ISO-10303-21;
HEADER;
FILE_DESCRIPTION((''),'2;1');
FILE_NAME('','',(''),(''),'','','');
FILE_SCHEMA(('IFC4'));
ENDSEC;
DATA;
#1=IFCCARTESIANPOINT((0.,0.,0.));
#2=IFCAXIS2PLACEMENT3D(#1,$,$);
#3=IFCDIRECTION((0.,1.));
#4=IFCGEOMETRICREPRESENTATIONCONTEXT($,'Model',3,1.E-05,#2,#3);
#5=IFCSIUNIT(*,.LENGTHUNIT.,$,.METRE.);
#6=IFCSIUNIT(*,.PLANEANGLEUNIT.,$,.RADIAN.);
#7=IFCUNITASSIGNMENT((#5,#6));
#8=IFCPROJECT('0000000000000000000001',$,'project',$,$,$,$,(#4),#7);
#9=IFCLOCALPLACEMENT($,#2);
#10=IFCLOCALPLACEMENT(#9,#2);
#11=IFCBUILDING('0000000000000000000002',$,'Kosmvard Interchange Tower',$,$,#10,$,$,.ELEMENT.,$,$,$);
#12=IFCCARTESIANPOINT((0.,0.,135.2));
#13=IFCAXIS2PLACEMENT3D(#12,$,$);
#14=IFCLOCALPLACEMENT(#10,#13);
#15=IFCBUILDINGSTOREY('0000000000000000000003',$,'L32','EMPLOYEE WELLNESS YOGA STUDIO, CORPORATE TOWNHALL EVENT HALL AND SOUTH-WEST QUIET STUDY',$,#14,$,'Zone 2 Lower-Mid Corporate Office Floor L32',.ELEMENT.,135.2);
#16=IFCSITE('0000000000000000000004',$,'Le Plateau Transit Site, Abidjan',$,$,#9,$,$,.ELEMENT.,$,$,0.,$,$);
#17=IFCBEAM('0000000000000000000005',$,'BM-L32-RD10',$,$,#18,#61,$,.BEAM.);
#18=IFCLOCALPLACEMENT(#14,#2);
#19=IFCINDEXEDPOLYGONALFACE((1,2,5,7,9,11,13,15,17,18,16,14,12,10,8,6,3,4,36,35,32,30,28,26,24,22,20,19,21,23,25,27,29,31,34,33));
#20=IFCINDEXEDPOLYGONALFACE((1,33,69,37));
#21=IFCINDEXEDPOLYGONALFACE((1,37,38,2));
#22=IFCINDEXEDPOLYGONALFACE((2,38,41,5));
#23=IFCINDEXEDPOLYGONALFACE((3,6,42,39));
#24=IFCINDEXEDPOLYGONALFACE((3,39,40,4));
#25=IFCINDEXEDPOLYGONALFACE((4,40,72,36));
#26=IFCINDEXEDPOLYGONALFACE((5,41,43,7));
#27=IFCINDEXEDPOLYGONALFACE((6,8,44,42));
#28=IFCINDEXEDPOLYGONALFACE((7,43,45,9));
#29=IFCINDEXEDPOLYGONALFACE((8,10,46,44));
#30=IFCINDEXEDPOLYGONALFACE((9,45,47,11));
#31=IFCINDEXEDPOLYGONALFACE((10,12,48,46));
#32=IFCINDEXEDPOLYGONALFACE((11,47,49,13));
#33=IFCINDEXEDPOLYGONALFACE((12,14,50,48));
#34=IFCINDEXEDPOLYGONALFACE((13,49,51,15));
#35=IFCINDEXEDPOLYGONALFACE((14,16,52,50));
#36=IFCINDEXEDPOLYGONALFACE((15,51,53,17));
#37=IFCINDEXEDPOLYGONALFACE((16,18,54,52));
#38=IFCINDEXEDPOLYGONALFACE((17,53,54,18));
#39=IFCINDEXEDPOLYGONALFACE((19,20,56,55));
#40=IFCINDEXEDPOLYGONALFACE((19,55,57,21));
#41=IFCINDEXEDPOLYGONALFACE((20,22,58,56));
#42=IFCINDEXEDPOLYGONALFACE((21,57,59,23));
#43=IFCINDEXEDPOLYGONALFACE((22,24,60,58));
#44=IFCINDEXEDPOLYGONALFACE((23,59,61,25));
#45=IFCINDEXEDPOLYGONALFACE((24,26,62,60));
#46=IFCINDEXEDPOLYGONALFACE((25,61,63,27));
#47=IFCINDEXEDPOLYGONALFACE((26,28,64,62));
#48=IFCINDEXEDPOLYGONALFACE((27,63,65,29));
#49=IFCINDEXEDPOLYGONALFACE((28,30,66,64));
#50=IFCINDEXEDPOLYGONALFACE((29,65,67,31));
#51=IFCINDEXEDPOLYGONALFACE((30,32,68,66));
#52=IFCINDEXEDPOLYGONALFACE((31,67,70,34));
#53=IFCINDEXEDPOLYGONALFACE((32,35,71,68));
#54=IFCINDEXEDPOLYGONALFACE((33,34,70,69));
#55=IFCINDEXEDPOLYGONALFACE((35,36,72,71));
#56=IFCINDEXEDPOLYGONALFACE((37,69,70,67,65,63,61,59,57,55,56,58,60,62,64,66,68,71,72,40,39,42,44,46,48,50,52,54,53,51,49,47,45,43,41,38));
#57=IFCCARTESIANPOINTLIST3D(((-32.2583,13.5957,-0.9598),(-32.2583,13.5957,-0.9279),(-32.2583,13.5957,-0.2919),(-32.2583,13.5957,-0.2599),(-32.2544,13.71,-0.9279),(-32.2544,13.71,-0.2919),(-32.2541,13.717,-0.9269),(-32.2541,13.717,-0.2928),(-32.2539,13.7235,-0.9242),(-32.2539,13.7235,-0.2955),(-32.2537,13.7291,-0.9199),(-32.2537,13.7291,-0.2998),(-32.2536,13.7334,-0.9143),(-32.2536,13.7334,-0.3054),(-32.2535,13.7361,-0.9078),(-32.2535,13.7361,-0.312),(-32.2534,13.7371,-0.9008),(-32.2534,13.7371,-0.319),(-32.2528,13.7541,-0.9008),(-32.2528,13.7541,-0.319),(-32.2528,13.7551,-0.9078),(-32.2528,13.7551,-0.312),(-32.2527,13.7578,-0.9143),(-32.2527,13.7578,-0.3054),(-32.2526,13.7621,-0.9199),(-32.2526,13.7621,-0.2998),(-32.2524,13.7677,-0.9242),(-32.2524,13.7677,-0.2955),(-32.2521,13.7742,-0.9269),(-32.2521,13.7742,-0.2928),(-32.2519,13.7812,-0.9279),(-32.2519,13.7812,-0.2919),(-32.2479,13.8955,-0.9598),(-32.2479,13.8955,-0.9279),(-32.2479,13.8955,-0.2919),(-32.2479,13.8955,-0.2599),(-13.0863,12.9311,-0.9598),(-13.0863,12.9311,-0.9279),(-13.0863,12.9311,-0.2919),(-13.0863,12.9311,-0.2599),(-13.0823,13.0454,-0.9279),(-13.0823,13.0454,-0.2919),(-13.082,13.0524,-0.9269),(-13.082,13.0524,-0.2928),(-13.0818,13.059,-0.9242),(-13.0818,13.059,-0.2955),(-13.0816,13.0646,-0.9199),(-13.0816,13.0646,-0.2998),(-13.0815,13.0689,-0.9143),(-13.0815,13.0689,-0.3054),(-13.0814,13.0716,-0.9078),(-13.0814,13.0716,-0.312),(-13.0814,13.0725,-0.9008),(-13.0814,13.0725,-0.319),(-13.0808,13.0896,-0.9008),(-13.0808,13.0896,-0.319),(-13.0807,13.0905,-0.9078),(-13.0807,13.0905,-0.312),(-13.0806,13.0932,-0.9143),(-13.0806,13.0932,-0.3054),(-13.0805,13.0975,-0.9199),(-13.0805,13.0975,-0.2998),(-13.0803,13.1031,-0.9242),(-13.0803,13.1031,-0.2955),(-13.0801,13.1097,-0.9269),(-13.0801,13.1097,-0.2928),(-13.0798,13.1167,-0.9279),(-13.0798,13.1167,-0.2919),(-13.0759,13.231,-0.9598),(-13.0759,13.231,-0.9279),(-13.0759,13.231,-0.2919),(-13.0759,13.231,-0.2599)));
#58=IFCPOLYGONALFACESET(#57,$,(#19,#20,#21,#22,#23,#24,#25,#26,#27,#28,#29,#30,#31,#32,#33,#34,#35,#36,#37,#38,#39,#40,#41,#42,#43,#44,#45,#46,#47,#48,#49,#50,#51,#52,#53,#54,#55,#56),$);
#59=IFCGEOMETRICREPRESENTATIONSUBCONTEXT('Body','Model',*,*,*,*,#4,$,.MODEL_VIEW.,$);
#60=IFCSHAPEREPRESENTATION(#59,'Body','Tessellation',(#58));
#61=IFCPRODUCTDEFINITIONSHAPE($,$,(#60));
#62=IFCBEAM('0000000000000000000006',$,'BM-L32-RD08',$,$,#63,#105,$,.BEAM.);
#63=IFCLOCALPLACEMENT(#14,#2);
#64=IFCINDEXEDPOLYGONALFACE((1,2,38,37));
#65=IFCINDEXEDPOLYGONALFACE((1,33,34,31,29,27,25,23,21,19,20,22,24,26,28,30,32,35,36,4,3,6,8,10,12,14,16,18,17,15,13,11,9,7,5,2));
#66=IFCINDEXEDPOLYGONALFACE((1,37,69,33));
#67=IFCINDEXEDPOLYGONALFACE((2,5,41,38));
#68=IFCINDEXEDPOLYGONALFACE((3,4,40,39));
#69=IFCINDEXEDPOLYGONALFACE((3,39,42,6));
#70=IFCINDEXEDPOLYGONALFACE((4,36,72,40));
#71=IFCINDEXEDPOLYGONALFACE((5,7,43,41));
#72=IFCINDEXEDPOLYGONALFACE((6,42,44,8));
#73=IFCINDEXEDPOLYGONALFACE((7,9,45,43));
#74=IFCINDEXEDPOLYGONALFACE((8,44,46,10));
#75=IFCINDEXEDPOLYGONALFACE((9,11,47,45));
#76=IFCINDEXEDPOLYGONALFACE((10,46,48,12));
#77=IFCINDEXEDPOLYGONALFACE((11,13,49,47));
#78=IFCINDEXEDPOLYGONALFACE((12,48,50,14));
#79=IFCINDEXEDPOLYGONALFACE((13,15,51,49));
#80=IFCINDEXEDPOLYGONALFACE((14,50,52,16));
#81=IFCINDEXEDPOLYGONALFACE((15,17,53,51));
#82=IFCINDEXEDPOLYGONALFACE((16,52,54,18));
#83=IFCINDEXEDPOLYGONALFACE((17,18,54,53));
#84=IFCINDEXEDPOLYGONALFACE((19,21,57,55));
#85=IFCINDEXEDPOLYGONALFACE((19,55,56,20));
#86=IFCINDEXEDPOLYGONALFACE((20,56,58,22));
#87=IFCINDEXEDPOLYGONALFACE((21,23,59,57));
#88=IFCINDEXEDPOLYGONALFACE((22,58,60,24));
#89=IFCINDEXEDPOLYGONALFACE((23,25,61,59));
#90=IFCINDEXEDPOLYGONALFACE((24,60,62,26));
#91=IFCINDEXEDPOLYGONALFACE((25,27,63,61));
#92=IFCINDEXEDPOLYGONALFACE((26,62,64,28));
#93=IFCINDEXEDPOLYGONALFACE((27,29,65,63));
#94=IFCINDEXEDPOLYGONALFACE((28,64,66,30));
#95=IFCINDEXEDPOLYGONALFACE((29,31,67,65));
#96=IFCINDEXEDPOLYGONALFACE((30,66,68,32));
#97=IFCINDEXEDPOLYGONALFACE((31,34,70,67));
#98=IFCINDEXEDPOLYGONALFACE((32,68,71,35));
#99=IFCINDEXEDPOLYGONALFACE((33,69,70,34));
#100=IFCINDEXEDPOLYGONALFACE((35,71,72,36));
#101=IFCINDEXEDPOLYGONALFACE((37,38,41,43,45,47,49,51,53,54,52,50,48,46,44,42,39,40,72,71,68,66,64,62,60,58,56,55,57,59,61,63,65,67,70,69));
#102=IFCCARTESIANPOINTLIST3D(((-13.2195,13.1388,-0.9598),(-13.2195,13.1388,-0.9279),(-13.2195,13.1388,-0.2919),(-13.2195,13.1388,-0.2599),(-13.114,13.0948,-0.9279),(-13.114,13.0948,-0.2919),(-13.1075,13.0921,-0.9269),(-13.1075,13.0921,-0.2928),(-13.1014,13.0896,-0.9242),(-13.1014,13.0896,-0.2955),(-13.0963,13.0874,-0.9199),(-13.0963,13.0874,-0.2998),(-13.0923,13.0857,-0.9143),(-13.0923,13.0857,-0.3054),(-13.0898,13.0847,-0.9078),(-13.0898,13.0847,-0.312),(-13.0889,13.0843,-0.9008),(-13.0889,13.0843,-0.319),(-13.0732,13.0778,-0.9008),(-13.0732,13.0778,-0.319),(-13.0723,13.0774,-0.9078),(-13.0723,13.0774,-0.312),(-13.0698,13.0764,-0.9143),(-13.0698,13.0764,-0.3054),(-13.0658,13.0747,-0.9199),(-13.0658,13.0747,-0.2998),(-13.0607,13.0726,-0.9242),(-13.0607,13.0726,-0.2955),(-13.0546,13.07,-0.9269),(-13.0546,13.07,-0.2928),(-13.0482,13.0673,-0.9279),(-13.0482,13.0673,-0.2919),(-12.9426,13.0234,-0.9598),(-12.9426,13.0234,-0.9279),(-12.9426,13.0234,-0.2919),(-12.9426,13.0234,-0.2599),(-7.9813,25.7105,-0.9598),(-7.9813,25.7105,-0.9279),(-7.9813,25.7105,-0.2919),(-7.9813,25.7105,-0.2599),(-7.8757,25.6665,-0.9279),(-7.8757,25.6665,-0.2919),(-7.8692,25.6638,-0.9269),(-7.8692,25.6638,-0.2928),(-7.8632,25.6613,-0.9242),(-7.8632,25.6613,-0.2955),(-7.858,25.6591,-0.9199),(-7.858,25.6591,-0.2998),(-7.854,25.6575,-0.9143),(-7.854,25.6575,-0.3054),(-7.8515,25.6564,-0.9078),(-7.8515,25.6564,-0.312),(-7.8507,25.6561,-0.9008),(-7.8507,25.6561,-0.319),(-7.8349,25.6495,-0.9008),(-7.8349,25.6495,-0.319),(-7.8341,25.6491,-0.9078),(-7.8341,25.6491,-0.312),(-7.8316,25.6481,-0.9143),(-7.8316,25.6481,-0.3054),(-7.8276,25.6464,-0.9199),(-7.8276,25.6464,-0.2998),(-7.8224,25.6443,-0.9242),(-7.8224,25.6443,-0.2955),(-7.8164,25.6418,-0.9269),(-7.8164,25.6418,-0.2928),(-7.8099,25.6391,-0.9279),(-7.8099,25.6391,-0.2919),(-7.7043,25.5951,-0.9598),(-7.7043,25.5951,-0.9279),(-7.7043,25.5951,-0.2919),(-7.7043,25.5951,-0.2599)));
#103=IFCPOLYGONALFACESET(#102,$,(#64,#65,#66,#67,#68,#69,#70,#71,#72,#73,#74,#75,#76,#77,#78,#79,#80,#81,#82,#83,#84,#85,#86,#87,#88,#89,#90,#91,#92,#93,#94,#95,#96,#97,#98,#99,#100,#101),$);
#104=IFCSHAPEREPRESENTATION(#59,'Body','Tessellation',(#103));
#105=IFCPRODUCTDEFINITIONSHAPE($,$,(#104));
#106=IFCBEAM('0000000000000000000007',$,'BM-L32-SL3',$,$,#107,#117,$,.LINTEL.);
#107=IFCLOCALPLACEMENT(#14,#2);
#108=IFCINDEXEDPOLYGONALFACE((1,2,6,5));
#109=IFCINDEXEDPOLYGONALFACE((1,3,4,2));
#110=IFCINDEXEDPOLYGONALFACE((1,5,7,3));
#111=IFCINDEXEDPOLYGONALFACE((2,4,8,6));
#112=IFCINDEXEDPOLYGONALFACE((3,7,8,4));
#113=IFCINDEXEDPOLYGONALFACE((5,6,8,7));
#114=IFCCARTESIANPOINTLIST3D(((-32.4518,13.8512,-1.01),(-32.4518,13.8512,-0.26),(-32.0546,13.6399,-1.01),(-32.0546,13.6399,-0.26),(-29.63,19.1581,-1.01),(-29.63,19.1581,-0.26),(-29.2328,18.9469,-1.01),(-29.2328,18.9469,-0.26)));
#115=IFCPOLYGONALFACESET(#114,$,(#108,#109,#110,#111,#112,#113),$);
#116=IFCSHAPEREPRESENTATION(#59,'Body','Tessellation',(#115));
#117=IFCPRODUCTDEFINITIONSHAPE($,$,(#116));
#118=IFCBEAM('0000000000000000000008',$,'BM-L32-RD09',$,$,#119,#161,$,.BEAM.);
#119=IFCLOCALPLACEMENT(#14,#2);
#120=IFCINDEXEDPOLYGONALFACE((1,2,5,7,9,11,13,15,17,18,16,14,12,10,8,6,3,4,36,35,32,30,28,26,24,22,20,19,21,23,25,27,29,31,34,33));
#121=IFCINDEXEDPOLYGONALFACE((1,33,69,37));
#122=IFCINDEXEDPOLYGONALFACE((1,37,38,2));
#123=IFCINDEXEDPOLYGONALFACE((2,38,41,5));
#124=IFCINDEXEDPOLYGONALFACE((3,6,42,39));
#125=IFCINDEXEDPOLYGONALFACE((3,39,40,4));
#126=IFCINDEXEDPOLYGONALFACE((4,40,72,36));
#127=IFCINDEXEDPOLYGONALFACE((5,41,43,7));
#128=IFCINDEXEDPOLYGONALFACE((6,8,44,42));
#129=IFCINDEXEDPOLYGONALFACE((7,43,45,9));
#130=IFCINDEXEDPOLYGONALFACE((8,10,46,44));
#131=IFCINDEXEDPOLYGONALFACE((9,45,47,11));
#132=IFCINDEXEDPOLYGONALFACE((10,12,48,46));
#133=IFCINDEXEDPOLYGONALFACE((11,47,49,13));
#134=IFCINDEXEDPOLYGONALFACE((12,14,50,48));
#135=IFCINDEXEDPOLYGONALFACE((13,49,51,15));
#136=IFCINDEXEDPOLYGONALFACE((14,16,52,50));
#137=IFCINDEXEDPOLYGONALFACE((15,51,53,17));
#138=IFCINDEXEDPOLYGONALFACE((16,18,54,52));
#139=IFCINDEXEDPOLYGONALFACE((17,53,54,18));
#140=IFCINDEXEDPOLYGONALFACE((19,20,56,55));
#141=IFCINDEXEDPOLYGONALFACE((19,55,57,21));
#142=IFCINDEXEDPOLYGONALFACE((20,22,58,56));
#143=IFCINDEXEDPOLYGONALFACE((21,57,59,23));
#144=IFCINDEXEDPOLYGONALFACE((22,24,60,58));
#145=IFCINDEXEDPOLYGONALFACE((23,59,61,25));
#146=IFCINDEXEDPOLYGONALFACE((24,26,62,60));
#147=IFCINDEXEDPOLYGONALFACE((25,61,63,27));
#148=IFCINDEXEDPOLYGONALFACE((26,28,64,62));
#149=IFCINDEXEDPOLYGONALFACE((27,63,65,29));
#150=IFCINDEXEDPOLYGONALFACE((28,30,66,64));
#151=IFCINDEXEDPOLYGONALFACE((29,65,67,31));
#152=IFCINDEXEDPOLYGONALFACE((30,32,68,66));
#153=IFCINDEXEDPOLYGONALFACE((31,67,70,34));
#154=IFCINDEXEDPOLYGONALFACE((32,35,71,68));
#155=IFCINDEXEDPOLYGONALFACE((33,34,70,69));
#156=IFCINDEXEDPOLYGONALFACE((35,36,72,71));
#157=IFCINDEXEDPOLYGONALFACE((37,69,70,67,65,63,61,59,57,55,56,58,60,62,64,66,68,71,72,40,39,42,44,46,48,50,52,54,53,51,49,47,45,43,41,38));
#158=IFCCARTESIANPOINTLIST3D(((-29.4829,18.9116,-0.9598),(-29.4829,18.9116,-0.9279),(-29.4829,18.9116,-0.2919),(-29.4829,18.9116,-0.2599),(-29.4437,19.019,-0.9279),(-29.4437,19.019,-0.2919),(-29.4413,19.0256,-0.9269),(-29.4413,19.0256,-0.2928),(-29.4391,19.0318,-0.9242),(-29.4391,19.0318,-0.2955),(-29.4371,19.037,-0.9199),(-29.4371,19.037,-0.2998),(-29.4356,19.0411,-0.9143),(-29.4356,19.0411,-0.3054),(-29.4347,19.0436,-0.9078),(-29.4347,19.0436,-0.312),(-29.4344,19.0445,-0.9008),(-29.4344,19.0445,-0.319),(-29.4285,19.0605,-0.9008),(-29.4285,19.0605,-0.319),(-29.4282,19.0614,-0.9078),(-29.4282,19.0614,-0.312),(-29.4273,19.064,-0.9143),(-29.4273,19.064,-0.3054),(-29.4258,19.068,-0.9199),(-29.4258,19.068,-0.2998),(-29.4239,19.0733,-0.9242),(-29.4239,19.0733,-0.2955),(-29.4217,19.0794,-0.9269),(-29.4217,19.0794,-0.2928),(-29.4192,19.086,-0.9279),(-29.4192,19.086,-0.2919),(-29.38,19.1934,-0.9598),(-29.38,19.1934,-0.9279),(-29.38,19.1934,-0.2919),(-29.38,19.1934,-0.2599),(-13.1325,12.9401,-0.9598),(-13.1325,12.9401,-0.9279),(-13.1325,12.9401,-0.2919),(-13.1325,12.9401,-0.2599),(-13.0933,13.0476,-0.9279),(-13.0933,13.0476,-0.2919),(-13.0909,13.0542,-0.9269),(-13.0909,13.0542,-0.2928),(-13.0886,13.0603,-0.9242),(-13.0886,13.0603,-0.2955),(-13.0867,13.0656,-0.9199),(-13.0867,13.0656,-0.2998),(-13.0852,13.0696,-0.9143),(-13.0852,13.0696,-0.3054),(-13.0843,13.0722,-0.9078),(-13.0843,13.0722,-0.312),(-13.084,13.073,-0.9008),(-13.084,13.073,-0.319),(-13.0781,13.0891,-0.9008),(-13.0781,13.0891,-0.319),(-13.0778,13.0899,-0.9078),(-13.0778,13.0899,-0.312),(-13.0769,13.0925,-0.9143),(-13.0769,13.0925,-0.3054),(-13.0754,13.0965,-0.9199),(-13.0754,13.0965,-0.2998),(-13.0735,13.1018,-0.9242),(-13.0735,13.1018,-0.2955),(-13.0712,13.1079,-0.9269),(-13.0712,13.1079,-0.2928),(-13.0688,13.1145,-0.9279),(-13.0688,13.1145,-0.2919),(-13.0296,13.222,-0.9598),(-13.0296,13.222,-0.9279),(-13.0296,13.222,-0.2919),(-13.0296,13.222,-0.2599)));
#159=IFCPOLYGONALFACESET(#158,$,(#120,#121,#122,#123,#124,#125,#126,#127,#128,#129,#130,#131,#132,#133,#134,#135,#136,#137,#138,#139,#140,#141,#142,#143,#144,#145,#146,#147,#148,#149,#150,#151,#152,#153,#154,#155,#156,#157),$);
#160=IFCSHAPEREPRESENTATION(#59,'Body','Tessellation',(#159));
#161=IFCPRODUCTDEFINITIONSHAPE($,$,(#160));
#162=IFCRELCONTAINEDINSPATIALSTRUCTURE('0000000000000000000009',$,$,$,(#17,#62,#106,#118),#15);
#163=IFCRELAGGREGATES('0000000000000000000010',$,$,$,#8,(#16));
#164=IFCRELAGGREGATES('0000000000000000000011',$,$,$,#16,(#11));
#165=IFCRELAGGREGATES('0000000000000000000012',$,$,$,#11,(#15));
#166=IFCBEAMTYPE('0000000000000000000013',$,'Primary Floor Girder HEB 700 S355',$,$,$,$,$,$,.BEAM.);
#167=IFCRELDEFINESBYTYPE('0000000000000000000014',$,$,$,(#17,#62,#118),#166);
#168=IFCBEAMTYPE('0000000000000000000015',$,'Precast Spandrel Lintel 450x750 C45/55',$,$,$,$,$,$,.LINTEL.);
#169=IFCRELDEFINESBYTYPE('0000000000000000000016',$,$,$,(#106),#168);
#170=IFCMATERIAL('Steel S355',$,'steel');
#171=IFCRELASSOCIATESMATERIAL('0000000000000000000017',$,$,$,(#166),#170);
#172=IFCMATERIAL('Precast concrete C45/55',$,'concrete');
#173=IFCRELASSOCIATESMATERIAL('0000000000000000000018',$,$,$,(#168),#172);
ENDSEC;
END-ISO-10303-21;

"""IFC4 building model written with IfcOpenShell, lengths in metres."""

from ifc_helpers import new_model, si_unit, direction, frame, origin, origin_2d, place, context, subcontext, project, spatial, rectangle, i_section, extrude, source, transform, mapped, material, material_profile, profile_set, type_object, element, save


model = new_model("IFC4")

# Units and contexts
model_context = context("Model", 3, precision=1e-05, world=origin(), true_north=direction((0.0, 1.0)))
body_context = subcontext(model_context, "Body", "Model", "MODEL_VIEW")
ifc_project = project(units=[si_unit("LENGTHUNIT", "METRE"), si_unit("PLANEANGLEUNIT", "RADIAN")], contexts=[model_context])

# Site, building, storey
site_placement = place(None, origin())
site = spatial("IfcSite", under=ifc_project, at=site_placement, Name="Le Plateau Transit Site, Abidjan", CompositionType="ELEMENT", RefElevation=0.0)
building_placement = place(site_placement, origin())
building = spatial("IfcBuilding", under=site, at=building_placement, Name="Kosmvard Interchange Tower", CompositionType="ELEMENT")
storey_placement = place(building_placement, frame((0.0, 0.0, 135.2)))
storey = spatial("IfcBuildingStorey", under=building, at=storey_placement, Name="L32", Description="EMPLOYEE WELLNESS YOGA STUDIO, CORPORATE TOWNHALL EVENT HALL AND SOUTH-WEST QUIET STUDY", LongName="Zone 2 Lower-Mid Corporate Office Floor L32", CompositionType="ELEMENT", Elevation=135.2)

# Beams
ifc_material_1 = material(Name="Steel S355", Category="steel")
ifc_material_profile_1 = material_profile(ifc_material_1, i_section(OverallWidth=0.3, OverallDepth=0.7, WebThickness=0.0171, FlangeThickness=0.032, FilletRadius=0.0271, at=origin_2d()), Name="HEB 700")
ifc_profile_set_1 = profile_set([ifc_material_profile_1], Name="Steel S355")
beam_type_1 = type_object("IfcBeamType", Name="Primary Floor Girder HEB 700 S355", PredefinedType="BEAM", material=ifc_profile_set_1)
shared_shape_1 = source(origin(), body_context, "Body", "SweptSolid", [
    extrude(i_section(OverallWidth=0.3, OverallDepth=0.7, WebThickness=0.0171, FlangeThickness=0.032, FilletRadius=0.0271, at=origin_2d()), origin(), (0.0, 0.0, 1.0), 19.1836),
])
beam_1_placement = place(storey_placement, frame((-13.0811, 13.0811, -0.6099), z_axis=(-0.9994, 0.034642, 0.0), x_axis=(-0.034642, -0.9994, 0.0)))
element("IfcBeam", 1, at=beam_1_placement, inside=storey, type_object=beam_type_1, Name="BM-L32-RD10", PredefinedType="BEAM", context=body_context, shape_type="MappedRepresentation", body=[
    mapped(shared_shape_1, transform((0.0, 0.0, 0.0), scale=1.0)),
])
shared_shape_2 = source(origin(), body_context, "Body", "SweptSolid", [
    extrude(i_section(OverallWidth=0.3, OverallDepth=0.7, WebThickness=0.0171, FlangeThickness=0.032, FilletRadius=0.0271, at=origin_2d()), origin(), (0.0, 0.0, 1.0), 13.6194),
])
beam_2_placement = place(storey_placement, frame((-13.0811, 13.0811, -0.6099), z_axis=(0.384618, 0.923076, 0.0), x_axis=(-0.923076, 0.384618, 0.0)))
element("IfcBeam", 2, at=beam_2_placement, inside=storey, type_object=beam_type_1, Name="BM-L32-RD08", PredefinedType="BEAM", context=body_context, shape_type="MappedRepresentation", body=[
    mapped(shared_shape_2, transform((0.0, 0.0, 0.0), scale=1.0)),
])
ifc_material_2 = material(Name="Precast concrete C45/55", Category="concrete")
ifc_material_profile_2 = material_profile(ifc_material_2, rectangle(XDim=0.45, YDim=0.75, at=origin_2d()), Name="SL 450x750")
ifc_profile_set_2 = profile_set([ifc_material_profile_2], Name="Precast concrete C45/55")
beam_type_2 = type_object("IfcBeamType", Name="Precast Spandrel Lintel 450x750 C45/55", PredefinedType="LINTEL", material=ifc_profile_set_2)
shared_shape_3 = source(origin(), body_context, "Body", "SweptSolid", [
    extrude(rectangle(XDim=0.45, YDim=0.75, at=origin_2d()), origin(), (0.0, 0.0, 1.0), 6.0105),
])
beam_3_placement = place(storey_placement, frame((-29.4314, 19.0525, -0.635), z_axis=(-0.469479, -0.882944, 0.0), x_axis=(0.882944, -0.469479, 0.0)))
element("IfcBeam", 3, at=beam_3_placement, inside=storey, type_object=beam_type_2, Name="BM-L32-SL3", PredefinedType="LINTEL", context=body_context, shape_type="MappedRepresentation", body=[
    mapped(shared_shape_3, transform((0.0, 0.0, 0.0), scale=1.0)),
])
shared_shape_4 = source(origin(), body_context, "Body", "SweptSolid", [
    extrude(i_section(OverallWidth=0.3, OverallDepth=0.7, WebThickness=0.0171, FlangeThickness=0.032, FilletRadius=0.0271, at=origin_2d()), origin(), (0.0, 0.0, 1.0), 17.4067),
])
beam_4_placement = place(storey_placement, frame((-13.0811, 13.0811, -0.6099), z_axis=(-0.939315, 0.343055, 0.0), x_axis=(-0.343055, -0.939315, 0.0)))
element("IfcBeam", 4, at=beam_4_placement, inside=storey, type_object=beam_type_1, Name="BM-L32-RD09", PredefinedType="BEAM", context=body_context, shape_type="MappedRepresentation", body=[
    mapped(shared_shape_4, transform((0.0, 0.0, 0.0), scale=1.0)),
])

save(model, "model.ifc")
